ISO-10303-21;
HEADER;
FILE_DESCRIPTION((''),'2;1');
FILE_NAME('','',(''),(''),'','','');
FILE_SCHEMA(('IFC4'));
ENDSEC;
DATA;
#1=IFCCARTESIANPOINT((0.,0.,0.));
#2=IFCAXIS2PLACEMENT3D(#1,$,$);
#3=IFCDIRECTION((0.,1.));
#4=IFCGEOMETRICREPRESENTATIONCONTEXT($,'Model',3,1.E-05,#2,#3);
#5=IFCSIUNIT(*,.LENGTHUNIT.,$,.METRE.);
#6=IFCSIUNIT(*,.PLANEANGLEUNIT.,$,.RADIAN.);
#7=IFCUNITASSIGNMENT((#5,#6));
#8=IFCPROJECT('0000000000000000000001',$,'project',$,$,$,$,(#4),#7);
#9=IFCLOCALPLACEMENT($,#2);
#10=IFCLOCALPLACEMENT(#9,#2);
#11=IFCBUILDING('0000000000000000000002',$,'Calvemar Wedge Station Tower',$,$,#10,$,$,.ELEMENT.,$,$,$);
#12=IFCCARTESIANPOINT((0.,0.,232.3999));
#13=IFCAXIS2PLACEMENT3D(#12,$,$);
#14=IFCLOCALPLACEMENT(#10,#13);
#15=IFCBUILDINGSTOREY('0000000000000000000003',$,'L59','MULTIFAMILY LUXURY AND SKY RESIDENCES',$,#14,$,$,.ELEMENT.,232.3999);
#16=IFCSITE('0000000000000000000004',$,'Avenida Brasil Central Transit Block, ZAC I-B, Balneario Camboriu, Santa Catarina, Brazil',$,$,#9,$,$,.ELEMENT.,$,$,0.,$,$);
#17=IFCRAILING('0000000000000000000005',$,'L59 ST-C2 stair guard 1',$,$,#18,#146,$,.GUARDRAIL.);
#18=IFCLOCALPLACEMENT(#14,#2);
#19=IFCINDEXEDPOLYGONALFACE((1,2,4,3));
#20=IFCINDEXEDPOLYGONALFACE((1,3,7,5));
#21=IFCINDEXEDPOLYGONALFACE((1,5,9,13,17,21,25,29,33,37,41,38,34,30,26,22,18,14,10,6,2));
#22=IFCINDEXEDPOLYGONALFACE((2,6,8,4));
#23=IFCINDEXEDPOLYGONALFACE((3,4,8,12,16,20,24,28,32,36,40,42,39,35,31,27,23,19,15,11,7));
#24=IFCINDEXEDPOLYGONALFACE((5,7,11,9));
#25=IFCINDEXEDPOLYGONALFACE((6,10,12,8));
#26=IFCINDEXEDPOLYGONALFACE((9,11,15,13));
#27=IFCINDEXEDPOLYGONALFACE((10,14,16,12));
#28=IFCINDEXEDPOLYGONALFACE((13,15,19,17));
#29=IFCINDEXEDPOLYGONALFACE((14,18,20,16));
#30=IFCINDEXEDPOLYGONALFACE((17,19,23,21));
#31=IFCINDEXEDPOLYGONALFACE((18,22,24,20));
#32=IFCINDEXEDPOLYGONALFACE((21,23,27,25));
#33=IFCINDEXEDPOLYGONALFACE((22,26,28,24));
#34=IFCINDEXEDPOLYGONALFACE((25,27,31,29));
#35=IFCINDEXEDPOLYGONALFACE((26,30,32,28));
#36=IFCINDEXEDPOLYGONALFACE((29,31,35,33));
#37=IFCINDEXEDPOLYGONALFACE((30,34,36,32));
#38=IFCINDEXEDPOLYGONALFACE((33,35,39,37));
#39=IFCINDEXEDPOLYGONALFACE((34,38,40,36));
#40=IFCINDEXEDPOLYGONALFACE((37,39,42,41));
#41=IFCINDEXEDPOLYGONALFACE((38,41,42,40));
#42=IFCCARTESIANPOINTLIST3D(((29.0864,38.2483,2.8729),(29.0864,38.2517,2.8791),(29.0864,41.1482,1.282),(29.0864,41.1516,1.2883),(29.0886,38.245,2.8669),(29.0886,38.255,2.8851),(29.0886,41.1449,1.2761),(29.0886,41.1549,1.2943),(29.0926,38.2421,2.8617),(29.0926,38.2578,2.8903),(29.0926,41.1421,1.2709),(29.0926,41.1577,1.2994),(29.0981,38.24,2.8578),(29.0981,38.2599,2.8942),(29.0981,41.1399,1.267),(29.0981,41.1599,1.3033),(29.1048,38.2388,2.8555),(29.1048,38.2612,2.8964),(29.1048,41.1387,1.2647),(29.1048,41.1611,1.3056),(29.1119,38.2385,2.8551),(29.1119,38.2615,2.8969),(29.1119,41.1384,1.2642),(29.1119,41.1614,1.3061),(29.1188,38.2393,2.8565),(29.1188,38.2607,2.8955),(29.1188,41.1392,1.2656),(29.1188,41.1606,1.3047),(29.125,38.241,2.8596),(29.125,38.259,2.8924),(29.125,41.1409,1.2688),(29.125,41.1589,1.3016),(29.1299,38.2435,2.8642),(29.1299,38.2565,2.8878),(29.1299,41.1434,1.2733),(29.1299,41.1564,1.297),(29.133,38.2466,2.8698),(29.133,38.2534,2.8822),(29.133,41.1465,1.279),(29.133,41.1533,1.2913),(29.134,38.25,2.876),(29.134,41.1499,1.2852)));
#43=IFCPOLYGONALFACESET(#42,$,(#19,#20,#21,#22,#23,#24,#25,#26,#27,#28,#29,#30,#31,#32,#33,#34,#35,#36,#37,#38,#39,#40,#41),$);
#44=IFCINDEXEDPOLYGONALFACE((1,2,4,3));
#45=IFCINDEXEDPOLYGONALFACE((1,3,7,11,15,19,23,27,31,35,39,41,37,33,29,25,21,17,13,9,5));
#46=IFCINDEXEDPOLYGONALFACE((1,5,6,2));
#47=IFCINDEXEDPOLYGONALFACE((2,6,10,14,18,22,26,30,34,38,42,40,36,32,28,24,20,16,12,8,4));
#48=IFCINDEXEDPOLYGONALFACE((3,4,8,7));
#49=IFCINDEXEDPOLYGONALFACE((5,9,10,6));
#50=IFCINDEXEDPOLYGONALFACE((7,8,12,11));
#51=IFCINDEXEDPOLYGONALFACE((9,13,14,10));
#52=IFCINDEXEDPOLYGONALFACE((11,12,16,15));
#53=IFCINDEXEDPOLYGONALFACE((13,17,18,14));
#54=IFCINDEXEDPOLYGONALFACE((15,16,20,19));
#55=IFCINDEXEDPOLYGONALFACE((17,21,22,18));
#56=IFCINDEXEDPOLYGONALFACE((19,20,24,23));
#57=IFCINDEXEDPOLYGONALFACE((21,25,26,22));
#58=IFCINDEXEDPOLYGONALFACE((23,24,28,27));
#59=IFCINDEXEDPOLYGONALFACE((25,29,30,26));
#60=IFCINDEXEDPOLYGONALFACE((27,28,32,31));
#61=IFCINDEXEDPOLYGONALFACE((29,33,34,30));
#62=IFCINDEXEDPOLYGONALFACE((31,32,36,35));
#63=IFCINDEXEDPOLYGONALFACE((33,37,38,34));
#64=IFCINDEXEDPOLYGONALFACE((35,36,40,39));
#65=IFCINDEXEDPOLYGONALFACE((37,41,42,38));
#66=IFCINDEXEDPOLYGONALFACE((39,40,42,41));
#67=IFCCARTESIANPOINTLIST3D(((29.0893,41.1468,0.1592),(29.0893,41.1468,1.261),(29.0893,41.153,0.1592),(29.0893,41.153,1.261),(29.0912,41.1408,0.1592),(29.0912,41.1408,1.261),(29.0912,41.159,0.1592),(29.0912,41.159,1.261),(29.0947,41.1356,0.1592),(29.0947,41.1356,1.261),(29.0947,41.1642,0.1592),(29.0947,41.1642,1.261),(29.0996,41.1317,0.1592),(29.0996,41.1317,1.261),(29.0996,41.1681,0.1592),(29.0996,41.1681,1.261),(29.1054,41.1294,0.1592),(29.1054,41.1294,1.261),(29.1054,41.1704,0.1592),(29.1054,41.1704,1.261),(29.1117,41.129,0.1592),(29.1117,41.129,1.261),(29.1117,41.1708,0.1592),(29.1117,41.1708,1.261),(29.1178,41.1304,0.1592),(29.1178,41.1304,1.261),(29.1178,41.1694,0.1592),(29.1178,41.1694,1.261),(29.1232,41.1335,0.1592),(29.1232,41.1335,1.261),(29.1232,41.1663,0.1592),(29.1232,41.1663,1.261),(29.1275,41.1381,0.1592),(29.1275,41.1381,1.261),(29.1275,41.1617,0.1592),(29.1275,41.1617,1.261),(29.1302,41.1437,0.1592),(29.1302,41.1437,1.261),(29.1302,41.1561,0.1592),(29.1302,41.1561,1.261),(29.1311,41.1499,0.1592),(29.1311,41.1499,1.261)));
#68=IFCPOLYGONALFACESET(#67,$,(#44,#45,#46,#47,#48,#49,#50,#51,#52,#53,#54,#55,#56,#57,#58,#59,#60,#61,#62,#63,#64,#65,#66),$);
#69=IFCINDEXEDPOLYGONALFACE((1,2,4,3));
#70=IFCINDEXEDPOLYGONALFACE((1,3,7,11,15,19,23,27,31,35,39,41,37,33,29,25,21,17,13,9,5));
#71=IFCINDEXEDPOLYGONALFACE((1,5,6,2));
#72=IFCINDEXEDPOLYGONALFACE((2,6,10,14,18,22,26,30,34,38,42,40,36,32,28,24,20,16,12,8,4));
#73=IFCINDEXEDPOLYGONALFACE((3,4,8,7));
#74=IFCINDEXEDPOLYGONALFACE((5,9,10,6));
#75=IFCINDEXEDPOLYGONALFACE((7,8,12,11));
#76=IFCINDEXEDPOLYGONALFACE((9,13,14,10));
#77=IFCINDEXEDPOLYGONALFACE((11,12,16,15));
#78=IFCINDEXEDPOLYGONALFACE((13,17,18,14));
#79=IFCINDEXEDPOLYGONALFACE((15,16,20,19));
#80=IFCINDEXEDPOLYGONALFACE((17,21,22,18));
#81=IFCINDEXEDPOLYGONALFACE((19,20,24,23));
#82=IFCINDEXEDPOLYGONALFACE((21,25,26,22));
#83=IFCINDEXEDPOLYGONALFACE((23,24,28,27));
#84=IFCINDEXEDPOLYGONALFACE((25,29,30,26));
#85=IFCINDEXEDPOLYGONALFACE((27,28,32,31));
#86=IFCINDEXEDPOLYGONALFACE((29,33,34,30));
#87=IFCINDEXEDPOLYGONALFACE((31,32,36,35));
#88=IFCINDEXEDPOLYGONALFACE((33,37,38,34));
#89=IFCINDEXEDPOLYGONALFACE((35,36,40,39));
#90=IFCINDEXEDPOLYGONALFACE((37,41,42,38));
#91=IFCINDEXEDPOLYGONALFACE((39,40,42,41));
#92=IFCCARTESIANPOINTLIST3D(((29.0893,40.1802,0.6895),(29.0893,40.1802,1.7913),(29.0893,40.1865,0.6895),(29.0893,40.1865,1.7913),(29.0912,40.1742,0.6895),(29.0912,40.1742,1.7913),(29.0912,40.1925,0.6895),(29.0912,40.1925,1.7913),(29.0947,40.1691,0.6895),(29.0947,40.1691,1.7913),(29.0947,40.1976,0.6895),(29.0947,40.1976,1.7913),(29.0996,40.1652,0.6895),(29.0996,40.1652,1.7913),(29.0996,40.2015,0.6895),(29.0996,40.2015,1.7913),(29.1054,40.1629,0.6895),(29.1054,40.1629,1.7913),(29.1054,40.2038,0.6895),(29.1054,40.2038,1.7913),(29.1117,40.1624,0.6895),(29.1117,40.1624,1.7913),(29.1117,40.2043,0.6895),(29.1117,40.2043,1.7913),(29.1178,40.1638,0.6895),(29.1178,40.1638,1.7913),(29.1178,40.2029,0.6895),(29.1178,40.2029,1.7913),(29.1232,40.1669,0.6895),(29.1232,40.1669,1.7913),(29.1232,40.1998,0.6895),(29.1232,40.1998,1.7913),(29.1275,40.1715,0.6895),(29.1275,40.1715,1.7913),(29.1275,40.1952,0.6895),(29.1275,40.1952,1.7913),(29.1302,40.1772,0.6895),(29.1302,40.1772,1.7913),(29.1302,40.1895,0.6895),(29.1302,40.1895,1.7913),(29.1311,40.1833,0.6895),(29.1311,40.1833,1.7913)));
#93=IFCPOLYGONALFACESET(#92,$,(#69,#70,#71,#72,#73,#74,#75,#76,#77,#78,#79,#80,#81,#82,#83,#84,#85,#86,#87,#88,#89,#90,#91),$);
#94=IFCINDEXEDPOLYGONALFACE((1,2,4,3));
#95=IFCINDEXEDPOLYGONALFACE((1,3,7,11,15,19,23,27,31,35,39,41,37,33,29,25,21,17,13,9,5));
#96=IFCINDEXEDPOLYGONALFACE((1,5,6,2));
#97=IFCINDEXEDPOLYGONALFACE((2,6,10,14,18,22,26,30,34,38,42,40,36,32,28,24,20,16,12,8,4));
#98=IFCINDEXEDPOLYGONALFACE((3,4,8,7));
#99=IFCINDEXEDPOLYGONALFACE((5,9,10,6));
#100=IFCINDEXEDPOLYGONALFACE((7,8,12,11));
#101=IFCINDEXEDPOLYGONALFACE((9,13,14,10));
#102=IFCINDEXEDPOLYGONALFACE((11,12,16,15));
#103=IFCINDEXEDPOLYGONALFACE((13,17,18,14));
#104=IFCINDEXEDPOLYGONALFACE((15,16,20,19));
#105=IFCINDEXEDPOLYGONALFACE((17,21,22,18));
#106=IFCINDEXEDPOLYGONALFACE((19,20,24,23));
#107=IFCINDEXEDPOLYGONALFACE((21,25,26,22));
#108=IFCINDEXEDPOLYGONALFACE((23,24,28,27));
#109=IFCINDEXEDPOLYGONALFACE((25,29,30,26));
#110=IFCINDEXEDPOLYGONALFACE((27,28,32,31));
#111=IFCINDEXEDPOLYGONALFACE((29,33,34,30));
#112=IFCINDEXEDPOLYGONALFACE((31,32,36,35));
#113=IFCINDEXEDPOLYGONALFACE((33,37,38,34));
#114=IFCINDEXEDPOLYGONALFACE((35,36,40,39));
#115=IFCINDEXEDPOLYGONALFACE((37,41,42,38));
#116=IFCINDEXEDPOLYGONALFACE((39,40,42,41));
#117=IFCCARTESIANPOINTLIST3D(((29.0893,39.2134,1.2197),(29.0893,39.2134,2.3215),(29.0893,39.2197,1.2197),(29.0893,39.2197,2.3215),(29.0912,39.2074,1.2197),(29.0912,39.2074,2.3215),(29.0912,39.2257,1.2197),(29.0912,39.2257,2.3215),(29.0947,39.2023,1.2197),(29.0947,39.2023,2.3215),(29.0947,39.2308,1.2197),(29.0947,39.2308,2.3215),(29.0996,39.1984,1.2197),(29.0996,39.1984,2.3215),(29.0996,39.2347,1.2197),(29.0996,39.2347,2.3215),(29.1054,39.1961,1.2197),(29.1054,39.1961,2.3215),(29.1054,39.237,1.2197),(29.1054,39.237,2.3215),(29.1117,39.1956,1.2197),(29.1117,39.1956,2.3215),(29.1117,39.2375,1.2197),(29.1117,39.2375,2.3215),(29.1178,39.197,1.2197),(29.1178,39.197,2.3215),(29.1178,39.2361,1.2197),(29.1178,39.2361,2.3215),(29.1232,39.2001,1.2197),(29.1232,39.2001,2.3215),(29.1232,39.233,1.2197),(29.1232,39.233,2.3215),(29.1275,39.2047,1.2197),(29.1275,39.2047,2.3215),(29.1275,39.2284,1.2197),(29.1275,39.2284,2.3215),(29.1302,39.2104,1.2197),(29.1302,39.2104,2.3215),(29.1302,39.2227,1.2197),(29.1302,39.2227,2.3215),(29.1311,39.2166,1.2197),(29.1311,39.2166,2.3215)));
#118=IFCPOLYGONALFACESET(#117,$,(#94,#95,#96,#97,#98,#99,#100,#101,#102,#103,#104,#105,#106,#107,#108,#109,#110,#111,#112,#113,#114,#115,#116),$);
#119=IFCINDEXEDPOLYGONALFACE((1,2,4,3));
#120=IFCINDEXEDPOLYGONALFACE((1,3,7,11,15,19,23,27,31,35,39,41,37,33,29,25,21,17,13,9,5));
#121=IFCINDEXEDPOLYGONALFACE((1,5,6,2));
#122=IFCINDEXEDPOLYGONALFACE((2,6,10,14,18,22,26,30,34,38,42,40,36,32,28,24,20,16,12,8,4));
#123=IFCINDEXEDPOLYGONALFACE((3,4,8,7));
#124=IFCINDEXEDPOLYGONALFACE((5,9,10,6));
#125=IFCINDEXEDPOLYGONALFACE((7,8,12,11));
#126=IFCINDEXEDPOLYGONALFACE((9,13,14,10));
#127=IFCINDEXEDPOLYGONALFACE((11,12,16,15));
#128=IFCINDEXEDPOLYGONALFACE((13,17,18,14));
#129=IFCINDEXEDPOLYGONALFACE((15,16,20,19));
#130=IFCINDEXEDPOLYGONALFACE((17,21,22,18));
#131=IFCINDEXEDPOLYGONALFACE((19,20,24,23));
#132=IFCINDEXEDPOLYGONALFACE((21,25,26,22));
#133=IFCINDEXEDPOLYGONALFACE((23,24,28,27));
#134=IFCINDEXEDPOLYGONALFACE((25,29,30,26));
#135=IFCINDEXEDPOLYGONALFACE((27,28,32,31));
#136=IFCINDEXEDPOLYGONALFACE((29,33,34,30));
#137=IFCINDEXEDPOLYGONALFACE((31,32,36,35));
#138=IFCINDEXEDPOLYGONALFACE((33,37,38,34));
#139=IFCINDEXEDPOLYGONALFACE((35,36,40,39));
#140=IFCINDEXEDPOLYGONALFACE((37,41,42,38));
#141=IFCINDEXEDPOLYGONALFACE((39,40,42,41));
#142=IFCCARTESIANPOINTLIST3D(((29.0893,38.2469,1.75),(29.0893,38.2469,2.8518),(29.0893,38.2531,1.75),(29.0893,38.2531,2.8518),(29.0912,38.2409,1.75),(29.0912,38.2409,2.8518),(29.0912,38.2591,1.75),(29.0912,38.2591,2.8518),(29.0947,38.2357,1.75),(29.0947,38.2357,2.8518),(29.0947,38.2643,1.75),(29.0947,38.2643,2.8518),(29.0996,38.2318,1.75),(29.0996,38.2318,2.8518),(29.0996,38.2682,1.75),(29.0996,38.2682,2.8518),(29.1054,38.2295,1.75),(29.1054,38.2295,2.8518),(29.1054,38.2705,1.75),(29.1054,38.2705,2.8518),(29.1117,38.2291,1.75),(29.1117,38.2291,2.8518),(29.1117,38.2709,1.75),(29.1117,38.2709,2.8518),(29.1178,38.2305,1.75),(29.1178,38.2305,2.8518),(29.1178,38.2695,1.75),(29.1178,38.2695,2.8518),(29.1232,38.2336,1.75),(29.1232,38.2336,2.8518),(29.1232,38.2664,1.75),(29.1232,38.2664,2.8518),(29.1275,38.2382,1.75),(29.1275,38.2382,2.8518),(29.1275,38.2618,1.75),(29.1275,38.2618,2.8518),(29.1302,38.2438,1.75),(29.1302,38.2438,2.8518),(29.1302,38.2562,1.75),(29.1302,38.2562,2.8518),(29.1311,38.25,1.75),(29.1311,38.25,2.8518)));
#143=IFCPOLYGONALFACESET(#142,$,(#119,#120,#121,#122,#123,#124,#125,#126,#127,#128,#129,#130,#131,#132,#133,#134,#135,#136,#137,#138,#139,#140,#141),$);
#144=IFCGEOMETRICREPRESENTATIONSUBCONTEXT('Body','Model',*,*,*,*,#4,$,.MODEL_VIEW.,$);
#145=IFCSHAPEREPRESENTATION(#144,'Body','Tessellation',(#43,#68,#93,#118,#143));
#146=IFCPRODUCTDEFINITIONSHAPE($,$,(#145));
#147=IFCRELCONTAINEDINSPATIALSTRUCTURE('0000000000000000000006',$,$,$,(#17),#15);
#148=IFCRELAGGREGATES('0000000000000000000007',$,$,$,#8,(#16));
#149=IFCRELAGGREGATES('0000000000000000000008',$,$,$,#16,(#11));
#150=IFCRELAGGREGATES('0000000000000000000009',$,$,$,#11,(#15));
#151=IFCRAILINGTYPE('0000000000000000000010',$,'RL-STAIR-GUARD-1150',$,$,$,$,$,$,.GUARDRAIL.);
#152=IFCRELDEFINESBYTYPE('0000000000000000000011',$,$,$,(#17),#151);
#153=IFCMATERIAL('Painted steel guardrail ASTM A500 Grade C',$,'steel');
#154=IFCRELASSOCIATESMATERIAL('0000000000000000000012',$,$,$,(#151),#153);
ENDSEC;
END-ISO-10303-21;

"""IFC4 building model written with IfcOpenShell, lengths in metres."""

from ifc_helpers import new_model, si_unit, direction, frame, origin, origin_2d, place, context, subcontext, project, spatial, circle, extrude, material, type_object, element, save


model = new_model("IFC4")

# Units and contexts
model_context = context("Model", 3, precision=1e-05, world=origin(), true_north=direction((0.0, 1.0)))
body_context = subcontext(model_context, "Body", "Model", "MODEL_VIEW")
ifc_project = project(units=[si_unit("LENGTHUNIT", "METRE"), si_unit("PLANEANGLEUNIT", "RADIAN")], contexts=[model_context])

# Site, building, storey
site_placement = place(None, origin())
site = spatial("IfcSite", under=ifc_project, at=site_placement, Name="Avenida Brasil Central Transit Block, ZAC I-B, Balneario Camboriu, Santa Catarina, Brazil", CompositionType="ELEMENT", RefElevation=0.0)
building_placement = place(site_placement, origin())
building = spatial("IfcBuilding", under=site, at=building_placement, Name="Calvemar Wedge Station Tower", CompositionType="ELEMENT")
storey_placement = place(building_placement, frame((0.0, 0.0, 232.3999)))
storey = spatial("IfcBuildingStorey", under=building, at=storey_placement, Name="L59", Description="MULTIFAMILY LUXURY AND SKY RESIDENCES", CompositionType="ELEMENT", Elevation=232.3999)

# Railing
ifc_material_1 = material(Name="Painted steel guardrail ASTM A500 Grade C", Category="steel")
railing_type_1 = type_object("IfcRailingType", Name="RL-STAIR-GUARD-1150", PredefinedType="GUARDRAIL", material=ifc_material_1)
railing_1_placement = place(storey_placement, frame((29.1101, 41.1499, 0.1592)))
element("IfcRailing", 1, at=railing_1_placement, inside=storey, type_object=railing_type_1, Name="L59 ST-C2 stair guard 1", PredefinedType="GUARDRAIL", context=body_context, shape_type="SweptSolid", body=[
    extrude(circle(Radius=0.0239, at=origin_2d()), frame((0.0, 0.0, 1.126), z_axis=(0.0, -0.876742, 0.480961), x_axis=(1.0, 0.0, 0.0)), (0.0, 0.0, 1.0), 3.3076),
    extrude(circle(Radius=0.021, at=origin_2d()), origin(), (0.0, 0.0, 1.0), 1.1018),
    extrude(circle(Radius=0.021, at=origin_2d()), frame((0.0, -0.9666, 0.5303)), (0.0, 0.0, 1.0), 1.1018),
    extrude(circle(Radius=0.021, at=origin_2d()), frame((0.0, -1.9333, 1.0605)), (0.0, 0.0, 1.0), 1.1018),
    extrude(circle(Radius=0.021, at=origin_2d()), frame((0.0, -2.8999, 1.5908)), (0.0, 0.0, 1.0), 1.1018),
])

save(model, "model.ifc")
